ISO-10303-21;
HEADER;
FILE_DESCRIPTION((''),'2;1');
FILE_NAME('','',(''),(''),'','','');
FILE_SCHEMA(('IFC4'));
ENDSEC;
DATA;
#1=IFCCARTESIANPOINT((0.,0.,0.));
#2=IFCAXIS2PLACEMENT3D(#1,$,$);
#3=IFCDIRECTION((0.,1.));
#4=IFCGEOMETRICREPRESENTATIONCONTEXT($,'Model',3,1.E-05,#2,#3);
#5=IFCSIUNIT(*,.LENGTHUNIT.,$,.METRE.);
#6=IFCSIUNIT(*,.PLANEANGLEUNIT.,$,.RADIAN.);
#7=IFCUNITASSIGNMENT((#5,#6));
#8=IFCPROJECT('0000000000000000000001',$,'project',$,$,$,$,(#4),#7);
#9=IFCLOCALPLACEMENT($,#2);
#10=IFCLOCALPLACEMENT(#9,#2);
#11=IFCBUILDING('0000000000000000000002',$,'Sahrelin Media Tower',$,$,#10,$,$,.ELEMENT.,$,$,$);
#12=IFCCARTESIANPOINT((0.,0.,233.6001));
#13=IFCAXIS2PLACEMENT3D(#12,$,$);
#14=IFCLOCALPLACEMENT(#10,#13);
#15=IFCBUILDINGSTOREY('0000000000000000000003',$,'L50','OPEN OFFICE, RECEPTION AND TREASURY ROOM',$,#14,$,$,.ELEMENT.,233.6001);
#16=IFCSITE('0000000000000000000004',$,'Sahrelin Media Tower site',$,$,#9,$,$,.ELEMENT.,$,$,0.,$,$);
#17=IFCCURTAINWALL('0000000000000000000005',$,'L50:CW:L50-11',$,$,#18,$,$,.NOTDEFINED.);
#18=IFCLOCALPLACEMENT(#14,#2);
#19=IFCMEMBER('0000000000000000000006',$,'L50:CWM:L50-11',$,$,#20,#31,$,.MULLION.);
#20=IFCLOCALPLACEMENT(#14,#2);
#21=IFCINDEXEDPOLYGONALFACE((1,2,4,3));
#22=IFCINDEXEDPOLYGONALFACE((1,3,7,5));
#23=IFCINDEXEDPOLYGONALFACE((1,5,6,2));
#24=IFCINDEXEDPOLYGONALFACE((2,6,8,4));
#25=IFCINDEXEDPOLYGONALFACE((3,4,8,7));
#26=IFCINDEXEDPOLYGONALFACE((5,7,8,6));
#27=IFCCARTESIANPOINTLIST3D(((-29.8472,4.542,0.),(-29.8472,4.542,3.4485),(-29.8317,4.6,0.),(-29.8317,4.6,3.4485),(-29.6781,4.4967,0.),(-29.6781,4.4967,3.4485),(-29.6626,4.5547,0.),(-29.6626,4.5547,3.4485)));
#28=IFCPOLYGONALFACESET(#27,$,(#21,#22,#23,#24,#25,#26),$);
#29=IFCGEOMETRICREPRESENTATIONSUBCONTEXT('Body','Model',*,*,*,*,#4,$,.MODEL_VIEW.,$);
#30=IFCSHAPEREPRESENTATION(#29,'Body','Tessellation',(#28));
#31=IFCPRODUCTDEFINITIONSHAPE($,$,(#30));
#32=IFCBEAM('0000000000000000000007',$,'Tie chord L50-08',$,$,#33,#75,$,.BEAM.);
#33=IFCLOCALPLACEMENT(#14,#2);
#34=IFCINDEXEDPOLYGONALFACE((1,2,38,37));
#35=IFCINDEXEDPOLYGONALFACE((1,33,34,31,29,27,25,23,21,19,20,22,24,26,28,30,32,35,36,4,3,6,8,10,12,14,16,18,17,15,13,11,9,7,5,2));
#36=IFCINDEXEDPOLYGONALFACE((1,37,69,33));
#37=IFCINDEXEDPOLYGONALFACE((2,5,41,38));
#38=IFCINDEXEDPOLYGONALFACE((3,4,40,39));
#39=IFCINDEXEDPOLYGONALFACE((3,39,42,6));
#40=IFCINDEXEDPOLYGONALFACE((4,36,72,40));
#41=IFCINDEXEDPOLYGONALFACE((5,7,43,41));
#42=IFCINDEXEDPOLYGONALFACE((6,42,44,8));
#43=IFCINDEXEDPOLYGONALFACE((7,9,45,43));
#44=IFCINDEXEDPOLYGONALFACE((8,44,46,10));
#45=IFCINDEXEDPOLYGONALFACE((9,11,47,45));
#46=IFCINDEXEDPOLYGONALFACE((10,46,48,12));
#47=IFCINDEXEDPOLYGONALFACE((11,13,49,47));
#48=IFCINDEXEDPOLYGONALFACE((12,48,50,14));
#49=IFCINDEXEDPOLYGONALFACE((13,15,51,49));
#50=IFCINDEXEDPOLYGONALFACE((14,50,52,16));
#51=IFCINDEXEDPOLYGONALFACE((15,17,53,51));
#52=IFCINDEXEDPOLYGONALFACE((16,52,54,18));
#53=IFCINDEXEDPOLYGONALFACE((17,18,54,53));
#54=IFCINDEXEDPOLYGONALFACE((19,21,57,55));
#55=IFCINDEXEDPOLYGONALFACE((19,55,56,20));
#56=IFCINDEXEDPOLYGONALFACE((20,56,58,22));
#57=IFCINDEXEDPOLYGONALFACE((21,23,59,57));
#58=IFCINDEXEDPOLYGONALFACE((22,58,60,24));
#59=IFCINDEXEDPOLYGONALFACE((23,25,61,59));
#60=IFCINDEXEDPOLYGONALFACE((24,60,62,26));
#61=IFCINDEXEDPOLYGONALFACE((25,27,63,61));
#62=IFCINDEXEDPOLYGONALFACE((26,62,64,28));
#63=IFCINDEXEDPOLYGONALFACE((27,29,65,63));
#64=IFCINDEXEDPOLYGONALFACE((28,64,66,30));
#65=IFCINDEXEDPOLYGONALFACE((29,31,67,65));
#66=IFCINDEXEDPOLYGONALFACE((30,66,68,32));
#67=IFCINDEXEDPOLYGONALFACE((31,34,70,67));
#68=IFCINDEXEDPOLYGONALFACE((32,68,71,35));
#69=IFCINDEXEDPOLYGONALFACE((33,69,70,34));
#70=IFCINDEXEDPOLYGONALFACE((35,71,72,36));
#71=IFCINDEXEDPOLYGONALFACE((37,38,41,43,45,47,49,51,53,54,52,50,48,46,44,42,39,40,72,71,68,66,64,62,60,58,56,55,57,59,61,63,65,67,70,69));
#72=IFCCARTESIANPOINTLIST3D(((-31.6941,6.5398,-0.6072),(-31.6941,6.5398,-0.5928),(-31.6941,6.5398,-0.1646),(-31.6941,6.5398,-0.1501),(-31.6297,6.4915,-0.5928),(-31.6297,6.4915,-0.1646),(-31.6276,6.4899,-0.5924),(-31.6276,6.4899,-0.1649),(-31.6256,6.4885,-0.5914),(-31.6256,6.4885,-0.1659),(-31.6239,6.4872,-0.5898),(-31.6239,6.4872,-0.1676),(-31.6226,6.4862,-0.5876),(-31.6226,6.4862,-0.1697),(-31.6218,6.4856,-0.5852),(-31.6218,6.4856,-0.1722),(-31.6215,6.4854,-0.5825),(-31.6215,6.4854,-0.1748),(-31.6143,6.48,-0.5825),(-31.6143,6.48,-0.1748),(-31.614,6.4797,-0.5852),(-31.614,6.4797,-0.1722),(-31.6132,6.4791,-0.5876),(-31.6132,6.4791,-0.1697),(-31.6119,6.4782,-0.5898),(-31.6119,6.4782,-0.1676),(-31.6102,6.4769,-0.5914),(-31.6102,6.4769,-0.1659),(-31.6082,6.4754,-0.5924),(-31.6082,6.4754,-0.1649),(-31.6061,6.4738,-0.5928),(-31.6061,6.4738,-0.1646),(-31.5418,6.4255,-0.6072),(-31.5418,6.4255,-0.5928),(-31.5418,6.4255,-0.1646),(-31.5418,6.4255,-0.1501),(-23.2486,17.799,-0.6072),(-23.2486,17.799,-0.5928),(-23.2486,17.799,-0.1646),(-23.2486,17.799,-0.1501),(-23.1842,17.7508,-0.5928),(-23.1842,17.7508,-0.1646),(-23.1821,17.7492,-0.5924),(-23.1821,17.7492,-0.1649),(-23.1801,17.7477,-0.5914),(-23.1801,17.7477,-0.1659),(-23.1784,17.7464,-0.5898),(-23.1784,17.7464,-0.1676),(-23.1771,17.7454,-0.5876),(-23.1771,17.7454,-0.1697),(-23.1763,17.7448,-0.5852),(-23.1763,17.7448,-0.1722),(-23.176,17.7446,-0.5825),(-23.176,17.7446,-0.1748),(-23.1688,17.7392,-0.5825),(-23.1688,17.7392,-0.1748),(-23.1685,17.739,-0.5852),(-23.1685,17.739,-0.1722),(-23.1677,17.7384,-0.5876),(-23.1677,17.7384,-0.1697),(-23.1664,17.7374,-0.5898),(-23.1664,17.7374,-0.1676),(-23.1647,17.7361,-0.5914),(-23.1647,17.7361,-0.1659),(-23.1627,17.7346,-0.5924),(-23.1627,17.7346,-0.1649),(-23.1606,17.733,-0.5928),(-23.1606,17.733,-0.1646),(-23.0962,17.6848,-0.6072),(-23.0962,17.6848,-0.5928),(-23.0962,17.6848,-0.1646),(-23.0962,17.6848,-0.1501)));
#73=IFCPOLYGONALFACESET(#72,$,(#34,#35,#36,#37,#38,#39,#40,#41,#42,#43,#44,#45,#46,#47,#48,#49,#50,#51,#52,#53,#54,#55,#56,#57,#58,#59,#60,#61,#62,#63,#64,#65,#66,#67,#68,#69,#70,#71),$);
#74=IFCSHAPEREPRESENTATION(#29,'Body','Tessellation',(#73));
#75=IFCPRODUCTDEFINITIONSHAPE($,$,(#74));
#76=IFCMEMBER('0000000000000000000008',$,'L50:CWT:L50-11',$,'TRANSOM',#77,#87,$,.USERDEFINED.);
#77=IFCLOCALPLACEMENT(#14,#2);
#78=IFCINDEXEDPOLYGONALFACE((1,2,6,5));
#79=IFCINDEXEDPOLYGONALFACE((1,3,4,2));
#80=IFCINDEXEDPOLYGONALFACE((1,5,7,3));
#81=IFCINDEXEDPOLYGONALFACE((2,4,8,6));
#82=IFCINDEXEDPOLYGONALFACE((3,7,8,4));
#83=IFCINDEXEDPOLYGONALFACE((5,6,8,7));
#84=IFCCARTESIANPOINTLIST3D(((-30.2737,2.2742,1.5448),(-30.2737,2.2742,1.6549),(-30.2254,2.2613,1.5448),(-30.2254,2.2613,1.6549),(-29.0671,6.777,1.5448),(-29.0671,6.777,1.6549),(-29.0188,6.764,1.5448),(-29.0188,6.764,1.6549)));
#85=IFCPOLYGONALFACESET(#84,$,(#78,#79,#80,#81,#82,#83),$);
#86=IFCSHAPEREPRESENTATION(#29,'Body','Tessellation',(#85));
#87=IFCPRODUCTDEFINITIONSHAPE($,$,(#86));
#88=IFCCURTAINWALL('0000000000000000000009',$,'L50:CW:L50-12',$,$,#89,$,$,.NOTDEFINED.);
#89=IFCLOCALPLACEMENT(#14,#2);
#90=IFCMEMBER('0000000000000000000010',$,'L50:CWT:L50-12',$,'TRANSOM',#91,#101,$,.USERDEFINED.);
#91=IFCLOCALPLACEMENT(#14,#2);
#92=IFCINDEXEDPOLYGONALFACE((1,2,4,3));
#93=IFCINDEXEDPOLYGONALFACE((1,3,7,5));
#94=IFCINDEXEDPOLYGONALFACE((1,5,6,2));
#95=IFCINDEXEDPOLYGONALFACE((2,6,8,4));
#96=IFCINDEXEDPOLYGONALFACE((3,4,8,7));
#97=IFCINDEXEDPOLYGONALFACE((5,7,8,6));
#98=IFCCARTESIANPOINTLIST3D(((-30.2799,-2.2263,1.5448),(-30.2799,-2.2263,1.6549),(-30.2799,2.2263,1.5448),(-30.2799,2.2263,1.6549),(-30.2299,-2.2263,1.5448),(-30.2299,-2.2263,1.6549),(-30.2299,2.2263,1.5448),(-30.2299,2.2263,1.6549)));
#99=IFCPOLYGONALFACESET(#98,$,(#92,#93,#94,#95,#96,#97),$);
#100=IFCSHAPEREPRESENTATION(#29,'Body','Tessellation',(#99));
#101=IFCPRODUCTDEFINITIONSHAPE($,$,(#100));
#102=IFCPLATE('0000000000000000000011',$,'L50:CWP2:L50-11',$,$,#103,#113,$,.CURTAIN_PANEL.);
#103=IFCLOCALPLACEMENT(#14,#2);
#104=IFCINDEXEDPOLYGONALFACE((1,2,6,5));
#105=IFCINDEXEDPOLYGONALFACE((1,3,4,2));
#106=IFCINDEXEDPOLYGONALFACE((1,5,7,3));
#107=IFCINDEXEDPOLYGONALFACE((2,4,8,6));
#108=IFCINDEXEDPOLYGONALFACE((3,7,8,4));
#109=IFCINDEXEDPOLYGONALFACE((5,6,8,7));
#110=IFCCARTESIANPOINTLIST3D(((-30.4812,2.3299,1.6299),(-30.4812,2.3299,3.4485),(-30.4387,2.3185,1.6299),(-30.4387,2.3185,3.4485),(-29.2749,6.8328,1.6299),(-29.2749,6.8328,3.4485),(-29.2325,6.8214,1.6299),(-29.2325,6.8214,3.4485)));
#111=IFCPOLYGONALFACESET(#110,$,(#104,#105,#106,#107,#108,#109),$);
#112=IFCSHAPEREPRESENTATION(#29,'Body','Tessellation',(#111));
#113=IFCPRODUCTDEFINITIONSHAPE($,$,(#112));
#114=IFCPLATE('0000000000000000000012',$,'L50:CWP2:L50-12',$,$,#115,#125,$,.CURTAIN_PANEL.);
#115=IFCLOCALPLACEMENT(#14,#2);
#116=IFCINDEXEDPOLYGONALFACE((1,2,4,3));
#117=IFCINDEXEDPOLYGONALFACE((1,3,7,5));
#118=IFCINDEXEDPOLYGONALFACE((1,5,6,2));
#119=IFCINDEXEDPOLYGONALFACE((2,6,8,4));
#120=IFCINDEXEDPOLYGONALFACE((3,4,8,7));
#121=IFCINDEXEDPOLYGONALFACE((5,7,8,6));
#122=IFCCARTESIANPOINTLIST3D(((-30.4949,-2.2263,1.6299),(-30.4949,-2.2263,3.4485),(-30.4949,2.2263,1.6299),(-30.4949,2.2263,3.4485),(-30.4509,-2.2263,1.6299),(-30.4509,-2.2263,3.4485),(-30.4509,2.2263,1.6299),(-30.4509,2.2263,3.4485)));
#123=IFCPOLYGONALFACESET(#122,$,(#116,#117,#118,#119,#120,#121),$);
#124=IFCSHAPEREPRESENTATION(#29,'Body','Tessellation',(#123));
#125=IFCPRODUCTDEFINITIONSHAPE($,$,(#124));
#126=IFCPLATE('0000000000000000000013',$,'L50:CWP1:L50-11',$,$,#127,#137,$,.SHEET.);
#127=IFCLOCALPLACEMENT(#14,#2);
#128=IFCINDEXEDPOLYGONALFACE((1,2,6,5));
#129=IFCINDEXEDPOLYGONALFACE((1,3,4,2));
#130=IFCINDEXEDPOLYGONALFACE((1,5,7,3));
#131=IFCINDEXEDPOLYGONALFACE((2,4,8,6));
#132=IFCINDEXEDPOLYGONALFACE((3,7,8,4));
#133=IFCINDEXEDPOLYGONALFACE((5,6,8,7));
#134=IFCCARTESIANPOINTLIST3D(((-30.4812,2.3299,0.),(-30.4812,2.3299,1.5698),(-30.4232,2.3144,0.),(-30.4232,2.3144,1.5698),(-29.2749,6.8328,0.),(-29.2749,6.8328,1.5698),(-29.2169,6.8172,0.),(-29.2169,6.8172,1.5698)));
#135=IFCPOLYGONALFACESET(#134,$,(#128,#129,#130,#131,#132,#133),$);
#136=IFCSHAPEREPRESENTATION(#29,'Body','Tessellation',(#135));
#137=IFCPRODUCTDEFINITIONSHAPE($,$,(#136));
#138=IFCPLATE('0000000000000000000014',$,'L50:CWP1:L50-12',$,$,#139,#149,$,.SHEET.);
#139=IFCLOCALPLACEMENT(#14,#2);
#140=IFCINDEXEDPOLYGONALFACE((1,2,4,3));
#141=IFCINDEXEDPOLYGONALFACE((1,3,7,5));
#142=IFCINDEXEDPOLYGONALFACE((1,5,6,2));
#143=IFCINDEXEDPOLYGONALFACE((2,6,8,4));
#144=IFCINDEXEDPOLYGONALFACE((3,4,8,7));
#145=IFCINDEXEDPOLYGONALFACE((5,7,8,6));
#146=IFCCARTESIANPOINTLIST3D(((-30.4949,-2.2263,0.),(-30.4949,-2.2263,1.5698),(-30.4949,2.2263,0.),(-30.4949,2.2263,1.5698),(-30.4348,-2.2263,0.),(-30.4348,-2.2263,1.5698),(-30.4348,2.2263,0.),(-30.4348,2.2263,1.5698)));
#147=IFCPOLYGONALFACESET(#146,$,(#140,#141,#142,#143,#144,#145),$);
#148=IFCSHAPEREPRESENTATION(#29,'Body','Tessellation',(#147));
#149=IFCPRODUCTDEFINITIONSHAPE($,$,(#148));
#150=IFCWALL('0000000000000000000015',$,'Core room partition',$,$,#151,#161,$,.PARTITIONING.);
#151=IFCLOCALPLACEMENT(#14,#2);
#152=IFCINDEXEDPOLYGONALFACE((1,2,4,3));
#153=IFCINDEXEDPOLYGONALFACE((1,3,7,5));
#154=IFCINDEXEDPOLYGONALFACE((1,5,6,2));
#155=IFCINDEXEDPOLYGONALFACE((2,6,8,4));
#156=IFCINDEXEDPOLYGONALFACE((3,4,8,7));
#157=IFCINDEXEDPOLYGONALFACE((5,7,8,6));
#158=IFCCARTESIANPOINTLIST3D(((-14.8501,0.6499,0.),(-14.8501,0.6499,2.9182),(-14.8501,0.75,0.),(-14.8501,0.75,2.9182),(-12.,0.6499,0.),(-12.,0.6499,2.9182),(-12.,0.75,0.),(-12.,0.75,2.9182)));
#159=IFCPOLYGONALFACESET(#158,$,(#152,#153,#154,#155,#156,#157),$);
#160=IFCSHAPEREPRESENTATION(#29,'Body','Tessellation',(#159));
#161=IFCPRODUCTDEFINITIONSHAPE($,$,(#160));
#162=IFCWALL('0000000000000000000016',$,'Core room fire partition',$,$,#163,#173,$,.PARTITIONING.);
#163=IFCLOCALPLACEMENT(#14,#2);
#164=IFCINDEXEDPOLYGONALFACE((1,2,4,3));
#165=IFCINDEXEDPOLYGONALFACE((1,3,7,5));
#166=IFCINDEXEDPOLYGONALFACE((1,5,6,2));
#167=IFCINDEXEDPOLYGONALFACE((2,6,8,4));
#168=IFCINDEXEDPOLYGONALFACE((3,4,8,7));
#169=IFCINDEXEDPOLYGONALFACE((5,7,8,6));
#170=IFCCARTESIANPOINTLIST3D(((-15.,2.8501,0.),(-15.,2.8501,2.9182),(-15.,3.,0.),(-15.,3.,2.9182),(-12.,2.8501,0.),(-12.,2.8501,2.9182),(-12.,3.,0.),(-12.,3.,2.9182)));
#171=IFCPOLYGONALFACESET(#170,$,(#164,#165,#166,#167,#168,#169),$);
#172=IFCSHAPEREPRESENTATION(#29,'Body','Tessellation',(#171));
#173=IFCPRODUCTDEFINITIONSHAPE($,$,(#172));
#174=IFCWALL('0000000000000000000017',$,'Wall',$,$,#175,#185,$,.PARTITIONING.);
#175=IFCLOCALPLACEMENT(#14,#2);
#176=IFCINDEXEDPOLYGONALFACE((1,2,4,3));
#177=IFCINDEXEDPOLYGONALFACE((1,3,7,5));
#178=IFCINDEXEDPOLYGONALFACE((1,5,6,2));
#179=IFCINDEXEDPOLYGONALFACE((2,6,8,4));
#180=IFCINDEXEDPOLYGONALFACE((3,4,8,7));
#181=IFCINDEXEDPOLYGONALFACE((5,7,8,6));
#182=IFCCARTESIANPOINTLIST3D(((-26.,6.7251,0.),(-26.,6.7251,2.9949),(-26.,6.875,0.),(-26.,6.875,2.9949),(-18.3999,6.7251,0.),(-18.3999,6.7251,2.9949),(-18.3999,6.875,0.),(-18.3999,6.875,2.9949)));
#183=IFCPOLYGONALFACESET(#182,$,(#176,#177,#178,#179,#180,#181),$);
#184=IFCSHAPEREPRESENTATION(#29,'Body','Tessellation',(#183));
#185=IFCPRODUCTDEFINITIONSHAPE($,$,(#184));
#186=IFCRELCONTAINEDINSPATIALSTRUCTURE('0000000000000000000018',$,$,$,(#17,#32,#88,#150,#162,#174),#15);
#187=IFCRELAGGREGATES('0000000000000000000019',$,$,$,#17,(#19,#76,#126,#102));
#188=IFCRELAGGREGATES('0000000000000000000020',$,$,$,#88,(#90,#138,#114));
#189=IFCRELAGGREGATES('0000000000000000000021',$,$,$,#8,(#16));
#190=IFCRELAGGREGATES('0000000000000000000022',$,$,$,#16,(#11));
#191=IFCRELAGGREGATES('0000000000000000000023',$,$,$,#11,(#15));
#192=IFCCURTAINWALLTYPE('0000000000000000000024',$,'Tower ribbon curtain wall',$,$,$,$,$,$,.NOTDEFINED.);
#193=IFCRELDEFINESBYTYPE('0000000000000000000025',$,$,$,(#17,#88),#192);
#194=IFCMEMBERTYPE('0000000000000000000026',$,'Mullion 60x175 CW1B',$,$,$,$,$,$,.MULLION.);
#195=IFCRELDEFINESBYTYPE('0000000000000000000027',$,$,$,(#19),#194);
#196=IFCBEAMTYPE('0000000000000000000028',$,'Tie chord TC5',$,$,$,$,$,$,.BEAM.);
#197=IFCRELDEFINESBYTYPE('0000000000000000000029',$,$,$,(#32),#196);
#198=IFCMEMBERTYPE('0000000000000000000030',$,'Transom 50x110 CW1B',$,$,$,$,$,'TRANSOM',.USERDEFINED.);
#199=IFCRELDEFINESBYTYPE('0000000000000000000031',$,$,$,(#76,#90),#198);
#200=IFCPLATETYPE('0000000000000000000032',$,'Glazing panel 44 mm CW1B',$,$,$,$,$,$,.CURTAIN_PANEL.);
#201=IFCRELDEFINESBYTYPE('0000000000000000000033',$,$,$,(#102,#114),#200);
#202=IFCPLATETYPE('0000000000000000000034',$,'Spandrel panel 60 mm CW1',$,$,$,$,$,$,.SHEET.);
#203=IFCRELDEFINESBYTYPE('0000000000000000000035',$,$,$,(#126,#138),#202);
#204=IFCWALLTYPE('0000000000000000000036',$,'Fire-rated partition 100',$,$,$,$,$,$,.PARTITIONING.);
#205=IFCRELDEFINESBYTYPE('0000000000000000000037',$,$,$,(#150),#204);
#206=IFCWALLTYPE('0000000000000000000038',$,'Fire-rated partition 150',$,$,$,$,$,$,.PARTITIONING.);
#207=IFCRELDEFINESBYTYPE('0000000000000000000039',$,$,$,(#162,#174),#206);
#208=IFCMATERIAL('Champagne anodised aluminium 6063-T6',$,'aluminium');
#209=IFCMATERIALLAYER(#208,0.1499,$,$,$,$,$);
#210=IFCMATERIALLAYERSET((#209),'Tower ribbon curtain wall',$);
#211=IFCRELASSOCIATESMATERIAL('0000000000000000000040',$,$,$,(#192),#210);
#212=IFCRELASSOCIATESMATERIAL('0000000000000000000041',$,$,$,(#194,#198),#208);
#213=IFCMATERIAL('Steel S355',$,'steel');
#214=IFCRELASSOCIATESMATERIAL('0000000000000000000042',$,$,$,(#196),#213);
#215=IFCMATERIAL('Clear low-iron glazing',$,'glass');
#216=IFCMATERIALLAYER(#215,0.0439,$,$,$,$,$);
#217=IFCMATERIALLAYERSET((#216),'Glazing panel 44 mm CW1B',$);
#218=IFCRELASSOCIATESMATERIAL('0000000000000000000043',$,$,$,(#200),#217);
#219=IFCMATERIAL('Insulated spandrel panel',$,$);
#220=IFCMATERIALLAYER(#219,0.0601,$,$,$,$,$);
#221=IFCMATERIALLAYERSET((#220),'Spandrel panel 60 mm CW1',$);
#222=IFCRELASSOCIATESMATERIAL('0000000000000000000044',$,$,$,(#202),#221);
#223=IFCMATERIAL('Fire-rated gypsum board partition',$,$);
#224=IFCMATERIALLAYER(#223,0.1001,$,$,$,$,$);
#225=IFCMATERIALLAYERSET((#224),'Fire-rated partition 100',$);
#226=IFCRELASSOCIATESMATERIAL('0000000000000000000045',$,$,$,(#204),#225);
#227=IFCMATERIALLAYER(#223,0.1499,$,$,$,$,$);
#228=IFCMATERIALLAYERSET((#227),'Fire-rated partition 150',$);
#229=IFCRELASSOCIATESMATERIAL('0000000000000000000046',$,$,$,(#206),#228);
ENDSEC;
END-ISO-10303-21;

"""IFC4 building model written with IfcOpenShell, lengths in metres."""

from ifc_helpers import new_model, si_unit, direction, frame, frame_2d, origin, origin_2d, place, context, subcontext, project, spatial, polyline, rectangle, i_section, outline, extrude, material, layer, layer_set, material_profile, profile_set, type_object, element, aggregate, save


model = new_model("IFC4")

# Units and contexts
model_context = context("Model", 3, precision=1e-05, world=origin(), true_north=direction((0.0, 1.0)))
body_context = subcontext(model_context, "Body", "Model", "MODEL_VIEW")
ifc_project = project(units=[si_unit("LENGTHUNIT", "METRE"), si_unit("PLANEANGLEUNIT", "RADIAN")], contexts=[model_context])

# Site, building, storey
site_placement = place(None, origin())
site = spatial("IfcSite", under=ifc_project, at=site_placement, Name="Sahrelin Media Tower site", CompositionType="ELEMENT", RefElevation=0.0)
building_placement = place(site_placement, origin())
building = spatial("IfcBuilding", under=site, at=building_placement, Name="Sahrelin Media Tower", CompositionType="ELEMENT")
storey_placement = place(building_placement, frame((0.0, 0.0, 233.6001)))
storey = spatial("IfcBuildingStorey", under=building, at=storey_placement, Name="L50", Description="OPEN OFFICE, RECEPTION AND TREASURY ROOM", CompositionType="ELEMENT", Elevation=233.6001)

# Shared definitions
ifc_material_1 = material(Name="Steel S355", Category="steel")

# Curtain wall, member
ifc_material_2 = material(Name="Champagne anodised aluminium 6063-T6", Category="aluminium")
ifc_layer_1 = layer(ifc_material_2, 0.1499)
ifc_layer_set_1 = layer_set([ifc_layer_1], Name="Tower ribbon curtain wall")
curtain_wall_type = type_object("IfcCurtainWallType", Name="Tower ribbon curtain wall", PredefinedType="NOTDEFINED", material=ifc_layer_set_1)
ifc_material_profile_1 = material_profile(ifc_material_2, rectangle(XDim=0.0601, YDim=0.175, at=origin_2d()), Name="Mullion 60x175")
ifc_profile_set_1 = profile_set([ifc_material_profile_1], Name="Champagne anodised aluminium 6063-T6")
member_type_1 = type_object("IfcMemberType", Name="Mullion 60x175 CW1B", PredefinedType="MULLION", material=ifc_profile_set_1)
curtain_wall_1_placement = place(storey_placement, frame((-29.8586, 4.5762, 0.0), z_axis=(0.0, 0.0, 1.0), x_axis=(1.0, 0.0, 0.0)))
curtain_wall_1 = element("IfcCurtainWall", 1, at=curtain_wall_1_placement, inside=storey, type_object=curtain_wall_type, Name="L50:CW:L50-11", PredefinedType="NOTDEFINED")
member_1_placement = place(storey_placement, frame((-29.7549, 4.5483, 0.0), z_axis=(0.0, 0.0, 1.0), x_axis=(-0.258817, -0.965926, 0.0)))
member_1 = element("IfcMember", 2, at=member_1_placement, type_object=member_type_1, Name="L50:CWM:L50-11", PredefinedType="MULLION", context=body_context, shape_type="SweptSolid", body=[
    extrude(rectangle(XDim=0.0601, YDim=0.175, at=origin_2d()), origin(), (0.0, 0.0, 1.0), 3.4485),
])

# Beam
ifc_material_profile_2 = material_profile(ifc_material_1, i_section(OverallWidth=0.1904, OverallDepth=0.457, WebThickness=0.009, FlangeThickness=0.0144, FilletRadius=0.0103, at=origin_2d()), Name="UB 457x191x74")
ifc_profile_set_2 = profile_set([ifc_material_profile_2], Name="Steel S355")
beam_type_1 = type_object("IfcBeamType", Name="Tie chord TC5", PredefinedType="BEAM", material=ifc_profile_set_2)
beam_1_placement = place(storey_placement, frame((-31.6179, 6.4827, -0.3787), z_axis=(0.60005, 0.799963, 0.0), x_axis=(-0.799963, 0.60005, 0.0)))
element("IfcBeam", 3, at=beam_1_placement, inside=storey, type_object=beam_type_1, Name="Tie chord L50-08", PredefinedType="BEAM", context=body_context, shape_type="SweptSolid", body=[
    extrude(i_section(OverallWidth=0.1904, OverallDepth=0.457, WebThickness=0.009, FlangeThickness=0.0144, FilletRadius=0.0103, at=origin_2d()), origin(), (0.0, 0.0, 1.0), 14.0747),
])

# Member
ifc_material_profile_3 = material_profile(ifc_material_2, rectangle(XDim=0.05, YDim=0.1101, at=origin_2d()), Name="Transom 50x110")
ifc_profile_set_3 = profile_set([ifc_material_profile_3], Name="Champagne anodised aluminium 6063-T6")
member_type_2 = type_object("IfcMemberType", Name="Transom 50x110 CW1B", ElementType="TRANSOM", PredefinedType="USERDEFINED", material=ifc_profile_set_3)
member_2_placement = place(storey_placement, frame((-29.043, 6.7705, 1.5999), z_axis=(-0.258829, -0.965923, 0.0), x_axis=(0.965923, -0.258829, 0.0)))
member_2 = element("IfcMember", 4, at=member_2_placement, type_object=member_type_2, Name="L50:CWT:L50-11", ObjectType="TRANSOM", PredefinedType="USERDEFINED", context=body_context, shape_type="SweptSolid", body=[
    extrude(rectangle(XDim=0.05, YDim=0.1101, at=origin_2d()), origin(), (0.0, 0.0, 1.0), 4.6616),
])

# Curtain wall, member
curtain_wall_2_placement = place(storey_placement, frame((-30.4749, 0.0, 0.0), z_axis=(0.0, 0.0, 1.0), x_axis=(1.0, 0.0, 0.0)))
curtain_wall_2 = element("IfcCurtainWall", 5, at=curtain_wall_2_placement, inside=storey, type_object=curtain_wall_type, Name="L50:CW:L50-12", PredefinedType="NOTDEFINED")
member_3_placement = place(storey_placement, frame((-30.2549, 2.2263, 1.5999), z_axis=(0.0, -1.0, 0.0), x_axis=(1.0, 0.0, 0.0)))
member_3 = element("IfcMember", 6, at=member_3_placement, type_object=member_type_2, Name="L50:CWT:L50-12", ObjectType="TRANSOM", PredefinedType="USERDEFINED", context=body_context, shape_type="SweptSolid", body=[
    extrude(rectangle(XDim=0.05, YDim=0.1101, at=origin_2d()), origin(), (0.0, 0.0, 1.0), 4.4526),
])

# Plates
ifc_material_3 = material(Name="Clear low-iron glazing", Category="glass")
ifc_layer_2 = layer(ifc_material_3, 0.0439)
ifc_layer_set_2 = layer_set([ifc_layer_2], Name="Glazing panel 44 mm CW1B")
plate_type_1 = type_object("IfcPlateType", Name="Glazing panel 44 mm CW1B", PredefinedType="CURTAIN_PANEL", material=ifc_layer_set_2)
plate_1_placement = place(storey_placement, frame((-29.2749, 6.8328, 1.6299), z_axis=(-0.96594, 0.258767, 0.0), x_axis=(-0.258767, -0.96594, 0.0)))
plate_1 = element("IfcPlate", 7, at=plate_1_placement, type_object=plate_type_1, Name="L50:CWP2:L50-11", PredefinedType="CURTAIN_PANEL", context=body_context, shape_type="SweptSolid", body=[
    extrude(outline(polyline([(0.0, 0.0), (4.6616, 0.0), (4.6616, 1.8186), (0.0, 1.8186), (0.0, 0.0)])), origin(), (0.0, 0.0, -1.0), 0.0439),
])
plate_2_placement = place(storey_placement, frame((-30.4949, 2.2263, 1.6299), z_axis=(-1.0, 0.0, 0.0), x_axis=(0.0, -1.0, 0.0)))
plate_2 = element("IfcPlate", 8, at=plate_2_placement, type_object=plate_type_1, Name="L50:CWP2:L50-12", PredefinedType="CURTAIN_PANEL", context=body_context, shape_type="SweptSolid", body=[
    extrude(outline(polyline([(0.0, 0.0), (4.4526, 0.0), (4.4526, 1.8186), (0.0, 1.8186), (0.0, 0.0)])), origin(), (0.0, 0.0, -1.0), 0.0439),
])
ifc_material_4 = material(Name="Insulated spandrel panel")
ifc_layer_3 = layer(ifc_material_4, 0.0601)
ifc_layer_set_3 = layer_set([ifc_layer_3], Name="Spandrel panel 60 mm CW1")
plate_type_2 = type_object("IfcPlateType", Name="Spandrel panel 60 mm CW1", PredefinedType="SHEET", material=ifc_layer_set_3)
plate_3_placement = place(storey_placement, frame((-29.2749, 6.8328, 0.0), z_axis=(-0.96594, 0.258767, 0.0), x_axis=(-0.258767, -0.96594, 0.0)))
plate_3 = element("IfcPlate", 9, at=plate_3_placement, type_object=plate_type_2, Name="L50:CWP1:L50-11", PredefinedType="SHEET", context=body_context, shape_type="SweptSolid", body=[
    extrude(outline(polyline([(0.0, 0.0), (4.6616, 0.0), (4.6616, 1.5698), (0.0, 1.5698), (0.0, 0.0)])), origin(), (0.0, 0.0, -1.0), 0.0601),
])
aggregate(curtain_wall_1, [member_1, member_2, plate_3, plate_1])
plate_4_placement = place(storey_placement, frame((-30.4949, 2.2263, 0.0), z_axis=(-1.0, 0.0, 0.0), x_axis=(0.0, -1.0, 0.0)))
plate_4 = element("IfcPlate", 10, at=plate_4_placement, type_object=plate_type_2, Name="L50:CWP1:L50-12", PredefinedType="SHEET", context=body_context, shape_type="SweptSolid", body=[
    extrude(outline(polyline([(0.0, 0.0), (4.4526, 0.0), (4.4526, 1.5698), (0.0, 1.5698), (0.0, 0.0)])), origin(), (0.0, 0.0, -1.0), 0.0601),
])
aggregate(curtain_wall_2, [member_3, plate_4, plate_2])

# Walls
ifc_material_5 = material(Name="Fire-rated gypsum board partition")
ifc_layer_4 = layer(ifc_material_5, 0.1001)
ifc_layer_set_4 = layer_set([ifc_layer_4], Name="Fire-rated partition 100")
wall_type_1 = type_object("IfcWallType", Name="Fire-rated partition 100", PredefinedType="PARTITIONING", material=ifc_layer_set_4)
wall_1_placement = place(storey_placement, frame((-14.8501, 0.7, 0.0), z_axis=(0.0, 0.0, 1.0), x_axis=(1.0, 0.0, 0.0)))
element("IfcWall", 11, at=wall_1_placement, inside=storey, type_object=wall_type_1, Name="Core room partition", PredefinedType="PARTITIONING", context=body_context, shape_type="SweptSolid", body=[
    extrude(rectangle(XDim=2.8501, YDim=0.1001, at=frame_2d((1.425, 0.0))), origin(), (0.0, 0.0, 1.0), 2.9182),
])
ifc_layer_5 = layer(ifc_material_5, 0.1499)
ifc_layer_set_5 = layer_set([ifc_layer_5], Name="Fire-rated partition 150")
wall_type_2 = type_object("IfcWallType", Name="Fire-rated partition 150", PredefinedType="PARTITIONING", material=ifc_layer_set_5)
wall_2_placement = place(storey_placement, frame((-15.0, 2.925, 0.0), z_axis=(0.0, 0.0, 1.0), x_axis=(1.0, 0.0, 0.0)))
element("IfcWall", 12, at=wall_2_placement, inside=storey, type_object=wall_type_2, Name="Core room fire partition", PredefinedType="PARTITIONING", context=body_context, shape_type="SweptSolid", body=[
    extrude(rectangle(XDim=3.0, YDim=0.1499, at=frame_2d((1.5, 0.0))), origin(), (0.0, 0.0, 1.0), 2.9182),
])
wall_3_placement = place(storey_placement, frame((-26.0, 6.8, 0.0), z_axis=(0.0, 0.0, 1.0), x_axis=(1.0, 0.0, 0.0)))
element("IfcWall", 13, at=wall_3_placement, inside=storey, type_object=wall_type_2, Name="Wall", PredefinedType="PARTITIONING", context=body_context, shape_type="SweptSolid", body=[
    extrude(rectangle(XDim=7.6001, YDim=0.1499, at=frame_2d((3.8, 0.0))), origin(), (0.0, 0.0, 1.0), 2.9949),
])

save(model, "model.ifc")
